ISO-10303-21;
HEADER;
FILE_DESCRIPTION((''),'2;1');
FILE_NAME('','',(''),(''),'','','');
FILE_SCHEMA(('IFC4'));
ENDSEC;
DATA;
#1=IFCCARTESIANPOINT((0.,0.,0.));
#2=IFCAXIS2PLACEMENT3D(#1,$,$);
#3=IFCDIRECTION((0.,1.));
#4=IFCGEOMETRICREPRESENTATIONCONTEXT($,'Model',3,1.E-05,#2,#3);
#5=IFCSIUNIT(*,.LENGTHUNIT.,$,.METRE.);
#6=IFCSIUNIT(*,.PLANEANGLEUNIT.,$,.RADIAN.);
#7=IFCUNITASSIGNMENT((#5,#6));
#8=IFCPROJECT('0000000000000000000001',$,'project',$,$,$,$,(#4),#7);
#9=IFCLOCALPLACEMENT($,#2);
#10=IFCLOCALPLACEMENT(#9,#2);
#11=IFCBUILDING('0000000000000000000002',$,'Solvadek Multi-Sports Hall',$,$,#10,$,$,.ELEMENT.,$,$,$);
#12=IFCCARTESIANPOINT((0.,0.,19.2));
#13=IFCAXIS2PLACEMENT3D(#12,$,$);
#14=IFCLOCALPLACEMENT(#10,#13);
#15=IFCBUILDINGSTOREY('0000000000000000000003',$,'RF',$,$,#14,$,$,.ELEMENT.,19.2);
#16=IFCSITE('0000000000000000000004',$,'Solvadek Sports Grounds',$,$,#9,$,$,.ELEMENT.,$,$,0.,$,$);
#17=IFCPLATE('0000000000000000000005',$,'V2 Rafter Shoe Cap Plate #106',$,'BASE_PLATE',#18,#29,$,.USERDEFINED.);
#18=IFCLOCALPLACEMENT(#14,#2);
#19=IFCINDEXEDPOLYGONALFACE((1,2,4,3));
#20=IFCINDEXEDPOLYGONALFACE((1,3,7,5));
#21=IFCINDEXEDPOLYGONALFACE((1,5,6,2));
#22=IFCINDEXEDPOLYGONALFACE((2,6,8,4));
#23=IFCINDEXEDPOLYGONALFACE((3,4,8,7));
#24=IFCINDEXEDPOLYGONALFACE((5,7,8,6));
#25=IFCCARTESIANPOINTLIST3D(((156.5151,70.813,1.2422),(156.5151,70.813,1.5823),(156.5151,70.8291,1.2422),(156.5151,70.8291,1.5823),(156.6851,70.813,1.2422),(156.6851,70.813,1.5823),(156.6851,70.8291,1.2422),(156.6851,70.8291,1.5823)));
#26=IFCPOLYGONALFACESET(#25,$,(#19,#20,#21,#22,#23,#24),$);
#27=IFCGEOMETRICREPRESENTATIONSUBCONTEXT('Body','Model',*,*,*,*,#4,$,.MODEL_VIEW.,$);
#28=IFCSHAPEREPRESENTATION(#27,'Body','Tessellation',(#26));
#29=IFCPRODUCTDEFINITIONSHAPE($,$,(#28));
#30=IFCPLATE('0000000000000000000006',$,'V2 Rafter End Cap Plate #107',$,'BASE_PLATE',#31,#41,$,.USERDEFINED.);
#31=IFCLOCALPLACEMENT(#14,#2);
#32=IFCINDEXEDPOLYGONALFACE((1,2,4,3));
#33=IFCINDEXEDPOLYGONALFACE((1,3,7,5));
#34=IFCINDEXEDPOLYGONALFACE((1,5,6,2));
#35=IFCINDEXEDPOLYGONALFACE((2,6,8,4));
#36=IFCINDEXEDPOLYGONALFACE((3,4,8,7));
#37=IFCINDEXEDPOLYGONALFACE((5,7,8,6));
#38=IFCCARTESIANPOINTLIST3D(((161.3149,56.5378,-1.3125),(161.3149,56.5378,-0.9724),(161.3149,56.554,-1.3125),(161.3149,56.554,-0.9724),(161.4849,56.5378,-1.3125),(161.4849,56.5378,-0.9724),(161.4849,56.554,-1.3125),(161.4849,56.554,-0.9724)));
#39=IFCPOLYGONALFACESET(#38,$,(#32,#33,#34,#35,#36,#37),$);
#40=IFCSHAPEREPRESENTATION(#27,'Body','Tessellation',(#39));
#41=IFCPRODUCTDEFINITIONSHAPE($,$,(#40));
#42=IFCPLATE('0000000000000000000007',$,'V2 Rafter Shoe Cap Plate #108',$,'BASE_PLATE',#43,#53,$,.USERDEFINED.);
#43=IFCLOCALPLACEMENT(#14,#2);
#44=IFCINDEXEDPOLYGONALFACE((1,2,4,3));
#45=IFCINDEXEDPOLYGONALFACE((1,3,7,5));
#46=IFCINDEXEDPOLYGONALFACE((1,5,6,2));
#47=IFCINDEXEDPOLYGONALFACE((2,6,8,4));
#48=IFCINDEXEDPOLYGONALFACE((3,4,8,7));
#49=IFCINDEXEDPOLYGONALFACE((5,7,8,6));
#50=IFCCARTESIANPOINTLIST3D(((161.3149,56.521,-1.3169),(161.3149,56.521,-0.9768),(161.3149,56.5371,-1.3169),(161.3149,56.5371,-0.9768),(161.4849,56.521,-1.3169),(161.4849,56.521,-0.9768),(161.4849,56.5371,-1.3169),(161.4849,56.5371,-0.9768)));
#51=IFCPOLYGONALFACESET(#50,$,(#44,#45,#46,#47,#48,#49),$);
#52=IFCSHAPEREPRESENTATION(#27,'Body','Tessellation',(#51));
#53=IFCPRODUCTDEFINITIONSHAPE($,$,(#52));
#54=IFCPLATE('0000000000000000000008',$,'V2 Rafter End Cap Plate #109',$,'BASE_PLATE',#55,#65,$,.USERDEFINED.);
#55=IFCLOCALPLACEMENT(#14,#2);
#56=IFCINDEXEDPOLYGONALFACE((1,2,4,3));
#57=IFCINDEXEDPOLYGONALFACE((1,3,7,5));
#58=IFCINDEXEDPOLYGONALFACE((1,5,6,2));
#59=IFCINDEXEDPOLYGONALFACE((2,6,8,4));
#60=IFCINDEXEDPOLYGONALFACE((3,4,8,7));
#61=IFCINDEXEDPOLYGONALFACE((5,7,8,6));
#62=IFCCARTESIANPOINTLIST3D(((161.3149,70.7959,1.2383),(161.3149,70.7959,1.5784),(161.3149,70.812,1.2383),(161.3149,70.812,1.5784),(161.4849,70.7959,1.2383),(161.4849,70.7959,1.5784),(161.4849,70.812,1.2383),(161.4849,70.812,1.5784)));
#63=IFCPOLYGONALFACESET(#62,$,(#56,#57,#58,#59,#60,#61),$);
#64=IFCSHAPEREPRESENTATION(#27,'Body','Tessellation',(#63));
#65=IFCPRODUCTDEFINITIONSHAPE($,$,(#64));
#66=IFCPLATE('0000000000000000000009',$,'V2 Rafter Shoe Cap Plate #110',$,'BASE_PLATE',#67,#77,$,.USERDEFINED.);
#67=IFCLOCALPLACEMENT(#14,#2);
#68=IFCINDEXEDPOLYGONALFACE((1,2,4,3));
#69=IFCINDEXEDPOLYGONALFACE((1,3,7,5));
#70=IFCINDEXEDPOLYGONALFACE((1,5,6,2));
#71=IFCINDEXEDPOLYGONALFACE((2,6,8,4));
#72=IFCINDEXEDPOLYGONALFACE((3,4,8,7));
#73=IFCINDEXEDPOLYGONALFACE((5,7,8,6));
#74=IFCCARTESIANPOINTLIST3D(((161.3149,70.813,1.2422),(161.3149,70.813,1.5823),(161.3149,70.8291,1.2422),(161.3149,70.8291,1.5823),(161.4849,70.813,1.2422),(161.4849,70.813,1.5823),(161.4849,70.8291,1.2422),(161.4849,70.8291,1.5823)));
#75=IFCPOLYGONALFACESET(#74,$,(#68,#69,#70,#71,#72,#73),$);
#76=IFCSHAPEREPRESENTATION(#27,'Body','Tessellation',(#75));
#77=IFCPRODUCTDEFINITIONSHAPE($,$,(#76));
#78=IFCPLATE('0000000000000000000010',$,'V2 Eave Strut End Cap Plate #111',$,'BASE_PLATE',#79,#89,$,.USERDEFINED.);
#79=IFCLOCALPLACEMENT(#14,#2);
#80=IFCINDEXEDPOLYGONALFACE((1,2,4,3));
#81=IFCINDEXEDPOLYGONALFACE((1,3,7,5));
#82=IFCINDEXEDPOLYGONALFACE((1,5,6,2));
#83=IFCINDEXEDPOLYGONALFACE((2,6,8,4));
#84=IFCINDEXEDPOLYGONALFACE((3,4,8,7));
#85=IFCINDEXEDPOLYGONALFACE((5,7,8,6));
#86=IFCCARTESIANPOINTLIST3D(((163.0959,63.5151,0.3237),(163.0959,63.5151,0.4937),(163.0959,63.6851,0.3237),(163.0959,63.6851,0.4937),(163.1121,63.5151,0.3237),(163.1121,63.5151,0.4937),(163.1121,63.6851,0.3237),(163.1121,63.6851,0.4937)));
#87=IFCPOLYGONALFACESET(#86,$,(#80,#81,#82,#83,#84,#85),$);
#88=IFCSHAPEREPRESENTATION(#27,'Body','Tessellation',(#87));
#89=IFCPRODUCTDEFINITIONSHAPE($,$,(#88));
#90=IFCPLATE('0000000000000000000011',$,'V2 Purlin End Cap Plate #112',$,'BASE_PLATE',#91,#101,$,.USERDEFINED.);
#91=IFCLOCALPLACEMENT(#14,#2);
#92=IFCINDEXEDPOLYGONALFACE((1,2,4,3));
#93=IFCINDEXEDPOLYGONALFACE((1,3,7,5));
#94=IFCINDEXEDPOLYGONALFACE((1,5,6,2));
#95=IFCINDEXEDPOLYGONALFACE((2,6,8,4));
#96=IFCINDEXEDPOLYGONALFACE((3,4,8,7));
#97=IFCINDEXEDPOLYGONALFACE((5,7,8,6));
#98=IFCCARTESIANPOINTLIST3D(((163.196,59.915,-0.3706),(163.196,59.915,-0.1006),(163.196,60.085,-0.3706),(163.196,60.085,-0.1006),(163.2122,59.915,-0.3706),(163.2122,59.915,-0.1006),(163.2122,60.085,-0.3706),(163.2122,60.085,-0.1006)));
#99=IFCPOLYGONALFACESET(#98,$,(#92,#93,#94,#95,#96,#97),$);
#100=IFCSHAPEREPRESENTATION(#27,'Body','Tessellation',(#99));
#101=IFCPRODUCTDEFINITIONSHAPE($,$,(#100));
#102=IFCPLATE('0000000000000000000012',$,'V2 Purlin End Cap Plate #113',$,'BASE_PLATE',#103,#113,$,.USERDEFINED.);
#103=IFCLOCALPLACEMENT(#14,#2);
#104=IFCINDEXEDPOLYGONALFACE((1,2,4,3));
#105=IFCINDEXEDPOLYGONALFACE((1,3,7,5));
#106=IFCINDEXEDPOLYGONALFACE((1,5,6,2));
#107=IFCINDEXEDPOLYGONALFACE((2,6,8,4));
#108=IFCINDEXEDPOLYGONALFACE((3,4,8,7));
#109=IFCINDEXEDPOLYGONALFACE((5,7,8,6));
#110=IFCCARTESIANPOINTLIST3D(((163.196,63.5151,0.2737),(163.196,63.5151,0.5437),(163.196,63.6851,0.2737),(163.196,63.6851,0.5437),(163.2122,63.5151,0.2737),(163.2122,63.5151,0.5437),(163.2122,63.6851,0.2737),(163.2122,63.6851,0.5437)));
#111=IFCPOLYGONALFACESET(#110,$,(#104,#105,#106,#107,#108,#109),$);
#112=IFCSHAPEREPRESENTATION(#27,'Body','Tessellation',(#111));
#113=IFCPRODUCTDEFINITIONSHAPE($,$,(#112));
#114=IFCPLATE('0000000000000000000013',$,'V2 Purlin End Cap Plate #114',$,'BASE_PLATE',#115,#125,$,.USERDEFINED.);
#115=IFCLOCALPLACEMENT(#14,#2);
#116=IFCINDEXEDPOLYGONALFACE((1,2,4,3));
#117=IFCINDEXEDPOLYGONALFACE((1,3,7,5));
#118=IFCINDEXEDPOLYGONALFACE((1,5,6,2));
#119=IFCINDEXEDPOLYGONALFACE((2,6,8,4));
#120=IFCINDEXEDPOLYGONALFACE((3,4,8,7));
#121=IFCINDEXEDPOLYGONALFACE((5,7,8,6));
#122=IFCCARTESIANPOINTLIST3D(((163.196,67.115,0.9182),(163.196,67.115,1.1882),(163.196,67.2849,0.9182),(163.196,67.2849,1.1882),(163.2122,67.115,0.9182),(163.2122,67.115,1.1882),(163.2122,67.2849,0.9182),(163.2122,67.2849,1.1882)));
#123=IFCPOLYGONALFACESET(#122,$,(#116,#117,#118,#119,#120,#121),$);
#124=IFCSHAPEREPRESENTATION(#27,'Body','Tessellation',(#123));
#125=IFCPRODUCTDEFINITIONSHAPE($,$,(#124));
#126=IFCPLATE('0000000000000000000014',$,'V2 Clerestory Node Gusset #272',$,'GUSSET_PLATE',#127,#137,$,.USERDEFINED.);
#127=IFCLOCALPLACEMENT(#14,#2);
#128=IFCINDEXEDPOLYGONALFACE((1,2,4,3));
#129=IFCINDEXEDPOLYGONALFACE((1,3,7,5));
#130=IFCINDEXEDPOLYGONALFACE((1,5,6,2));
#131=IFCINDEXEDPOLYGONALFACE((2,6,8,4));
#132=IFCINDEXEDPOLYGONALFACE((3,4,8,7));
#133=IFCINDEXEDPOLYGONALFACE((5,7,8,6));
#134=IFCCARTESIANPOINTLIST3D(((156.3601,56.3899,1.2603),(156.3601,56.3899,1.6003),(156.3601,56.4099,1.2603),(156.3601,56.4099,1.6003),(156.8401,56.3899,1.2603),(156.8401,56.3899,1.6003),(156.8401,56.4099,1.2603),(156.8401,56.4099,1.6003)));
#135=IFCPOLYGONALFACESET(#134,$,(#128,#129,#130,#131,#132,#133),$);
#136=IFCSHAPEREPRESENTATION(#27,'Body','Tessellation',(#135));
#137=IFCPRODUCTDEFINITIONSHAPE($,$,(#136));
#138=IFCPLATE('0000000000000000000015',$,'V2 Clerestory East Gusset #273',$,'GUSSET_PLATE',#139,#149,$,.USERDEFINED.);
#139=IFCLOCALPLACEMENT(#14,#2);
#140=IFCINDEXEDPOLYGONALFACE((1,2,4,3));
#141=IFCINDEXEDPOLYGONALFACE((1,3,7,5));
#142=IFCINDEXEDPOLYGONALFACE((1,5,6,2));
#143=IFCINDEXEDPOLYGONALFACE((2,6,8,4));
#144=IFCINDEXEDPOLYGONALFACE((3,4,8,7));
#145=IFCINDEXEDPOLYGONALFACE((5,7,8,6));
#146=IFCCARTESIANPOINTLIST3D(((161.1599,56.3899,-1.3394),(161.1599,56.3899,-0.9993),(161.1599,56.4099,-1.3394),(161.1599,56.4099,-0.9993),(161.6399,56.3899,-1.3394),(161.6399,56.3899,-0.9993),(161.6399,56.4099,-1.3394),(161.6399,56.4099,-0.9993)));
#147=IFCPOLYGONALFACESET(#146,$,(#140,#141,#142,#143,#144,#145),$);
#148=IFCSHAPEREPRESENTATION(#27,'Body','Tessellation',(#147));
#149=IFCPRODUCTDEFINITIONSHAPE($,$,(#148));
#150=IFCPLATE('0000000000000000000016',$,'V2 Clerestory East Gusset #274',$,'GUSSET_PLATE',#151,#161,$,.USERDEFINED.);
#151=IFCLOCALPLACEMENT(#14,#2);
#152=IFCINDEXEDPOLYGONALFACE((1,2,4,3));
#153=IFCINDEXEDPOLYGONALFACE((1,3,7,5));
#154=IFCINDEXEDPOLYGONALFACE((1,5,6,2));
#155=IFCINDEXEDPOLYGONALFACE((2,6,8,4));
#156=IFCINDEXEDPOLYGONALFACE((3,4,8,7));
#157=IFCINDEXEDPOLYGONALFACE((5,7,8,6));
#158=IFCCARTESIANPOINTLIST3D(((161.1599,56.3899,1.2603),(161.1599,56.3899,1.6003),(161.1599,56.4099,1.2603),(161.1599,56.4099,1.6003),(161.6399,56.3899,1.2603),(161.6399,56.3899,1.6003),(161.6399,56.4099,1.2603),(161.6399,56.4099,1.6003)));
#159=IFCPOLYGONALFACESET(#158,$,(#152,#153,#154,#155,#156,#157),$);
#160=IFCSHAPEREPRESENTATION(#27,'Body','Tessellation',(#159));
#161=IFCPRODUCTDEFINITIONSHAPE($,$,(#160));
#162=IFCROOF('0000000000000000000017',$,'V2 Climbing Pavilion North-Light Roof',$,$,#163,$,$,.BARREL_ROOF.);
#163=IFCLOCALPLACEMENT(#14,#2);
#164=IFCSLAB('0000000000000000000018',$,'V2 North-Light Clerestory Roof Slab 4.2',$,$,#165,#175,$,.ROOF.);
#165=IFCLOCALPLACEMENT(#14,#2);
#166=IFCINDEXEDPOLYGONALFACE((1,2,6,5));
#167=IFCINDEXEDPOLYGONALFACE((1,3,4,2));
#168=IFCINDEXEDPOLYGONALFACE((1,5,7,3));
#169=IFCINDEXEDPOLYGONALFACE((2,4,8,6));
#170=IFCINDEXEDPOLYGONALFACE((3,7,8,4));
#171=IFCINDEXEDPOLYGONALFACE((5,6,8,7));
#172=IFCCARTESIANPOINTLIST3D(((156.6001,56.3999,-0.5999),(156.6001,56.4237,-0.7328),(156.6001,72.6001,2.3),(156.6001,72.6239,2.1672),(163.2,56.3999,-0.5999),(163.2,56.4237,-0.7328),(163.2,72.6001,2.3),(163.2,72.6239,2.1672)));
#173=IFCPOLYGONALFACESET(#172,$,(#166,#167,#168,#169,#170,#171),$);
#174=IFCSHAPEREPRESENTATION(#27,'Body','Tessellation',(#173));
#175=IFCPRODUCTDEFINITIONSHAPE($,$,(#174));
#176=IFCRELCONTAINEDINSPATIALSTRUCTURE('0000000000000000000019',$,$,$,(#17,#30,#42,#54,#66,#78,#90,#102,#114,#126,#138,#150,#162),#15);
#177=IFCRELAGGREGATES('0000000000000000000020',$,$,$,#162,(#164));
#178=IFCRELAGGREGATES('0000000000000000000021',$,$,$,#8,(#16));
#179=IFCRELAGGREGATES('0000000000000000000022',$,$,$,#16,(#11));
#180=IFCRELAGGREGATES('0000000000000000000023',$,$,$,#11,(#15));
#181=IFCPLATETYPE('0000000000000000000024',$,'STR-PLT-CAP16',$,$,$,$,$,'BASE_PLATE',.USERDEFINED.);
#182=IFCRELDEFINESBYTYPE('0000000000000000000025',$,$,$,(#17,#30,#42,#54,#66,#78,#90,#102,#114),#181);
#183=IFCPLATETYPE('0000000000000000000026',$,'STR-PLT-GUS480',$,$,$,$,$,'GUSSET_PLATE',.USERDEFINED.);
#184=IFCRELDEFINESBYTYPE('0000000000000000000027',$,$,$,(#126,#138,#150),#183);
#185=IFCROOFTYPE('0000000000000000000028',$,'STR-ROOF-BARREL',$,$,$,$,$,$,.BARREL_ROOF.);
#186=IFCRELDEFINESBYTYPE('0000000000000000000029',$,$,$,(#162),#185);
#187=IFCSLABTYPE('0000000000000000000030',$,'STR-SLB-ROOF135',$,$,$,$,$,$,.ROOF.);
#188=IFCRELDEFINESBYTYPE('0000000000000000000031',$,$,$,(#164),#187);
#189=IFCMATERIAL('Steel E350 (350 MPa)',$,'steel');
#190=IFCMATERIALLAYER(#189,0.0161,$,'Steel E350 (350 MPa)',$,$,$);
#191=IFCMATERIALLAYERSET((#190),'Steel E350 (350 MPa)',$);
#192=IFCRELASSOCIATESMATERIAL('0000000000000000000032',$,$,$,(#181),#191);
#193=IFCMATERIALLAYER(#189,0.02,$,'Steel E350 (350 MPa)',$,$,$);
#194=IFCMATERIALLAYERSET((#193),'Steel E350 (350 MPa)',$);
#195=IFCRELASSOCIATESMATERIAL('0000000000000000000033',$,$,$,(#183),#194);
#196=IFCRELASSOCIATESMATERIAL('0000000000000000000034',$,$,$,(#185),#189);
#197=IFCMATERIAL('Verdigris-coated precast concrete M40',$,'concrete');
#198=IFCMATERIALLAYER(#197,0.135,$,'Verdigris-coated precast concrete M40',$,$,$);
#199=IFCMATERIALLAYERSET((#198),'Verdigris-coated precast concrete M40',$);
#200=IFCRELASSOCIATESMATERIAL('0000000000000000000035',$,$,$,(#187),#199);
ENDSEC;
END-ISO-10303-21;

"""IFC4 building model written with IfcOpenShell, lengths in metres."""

from ifc_helpers import new_model, si_unit, direction, frame, origin, origin_2d, place, context, subcontext, project, spatial, polyline, rectangle, outline, extrude, material, layer, layer_set, type_object, element, aggregate, save


model = new_model("IFC4")

# Units and contexts
model_context = context("Model", 3, precision=1e-05, world=origin(), true_north=direction((0.0, 1.0)))
body_context = subcontext(model_context, "Body", "Model", "MODEL_VIEW")
ifc_project = project(units=[si_unit("LENGTHUNIT", "METRE"), si_unit("PLANEANGLEUNIT", "RADIAN")], contexts=[model_context])

# Site, building, storey
site_placement = place(None, origin())
site = spatial("IfcSite", under=ifc_project, at=site_placement, Name="Solvadek Sports Grounds", CompositionType="ELEMENT", RefElevation=0.0)
building_placement = place(site_placement, origin())
building = spatial("IfcBuilding", under=site, at=building_placement, Name="Solvadek Multi-Sports Hall", CompositionType="ELEMENT")
storey_placement = place(building_placement, frame((0.0, 0.0, 19.2)))
storey = spatial("IfcBuildingStorey", under=building, at=storey_placement, Name="RF", CompositionType="ELEMENT", Elevation=19.2)

# Shared definitions
ifc_material_1 = material(Name="Steel E350 (350 MPa)", Category="steel")

# Plates
ifc_layer_1 = layer(ifc_material_1, 0.0161, Name="Steel E350 (350 MPa)")
ifc_layer_set_1 = layer_set([ifc_layer_1], Name="Steel E350 (350 MPa)")
plate_type_1 = type_object("IfcPlateType", Name="STR-PLT-CAP16", ElementType="BASE_PLATE", PredefinedType="USERDEFINED", material=ifc_layer_set_1)
for number, where, z_axis, x_axis, name in (
    (1, (156.6001, 70.821, 1.2422), (0.0, 0.0, 1.0), (1.0, 0.0, 0.0), "V2 Rafter Shoe Cap Plate #106"),
    (2, (161.3999, 56.5459, -1.3125), (0.0, 0.0, 1.0), (1.0, 0.0, 0.0), "V2 Rafter End Cap Plate #107"),
    (3, (161.3999, 56.5291, -1.3169), (0.0, 0.0, 1.0), (1.0, 0.0, 0.0), "V2 Rafter Shoe Cap Plate #108"),
    (4, (161.3999, 70.804, 1.2383), (0.0, 0.0, 1.0), (1.0, 0.0, 0.0), "V2 Rafter End Cap Plate #109"),
    (5, (161.3999, 70.821, 1.2422), (0.0, 0.0, 1.0), (1.0, 0.0, 0.0), "V2 Rafter Shoe Cap Plate #110"),
):
    element("IfcPlate", number, at=place(storey_placement, frame(where, z_axis=z_axis, x_axis=x_axis)), inside=storey, type_object=plate_type_1, Name=name, ObjectType="BASE_PLATE", PredefinedType="USERDEFINED", context=body_context, shape_type="SweptSolid", body=[
        extrude(rectangle(XDim=0.1699, YDim=0.0161, at=origin_2d()), origin(), (0.0, 0.0, 1.0), 0.3401),
    ])
plate_placement = place(storey_placement, frame((163.104, 63.6001, 0.3237), z_axis=(0.0, 0.0, 1.0), x_axis=(1.0, 0.0, 0.0)))
element("IfcPlate", 6, at=plate_placement, inside=storey, type_object=plate_type_1, Name="V2 Eave Strut End Cap Plate #111", ObjectType="BASE_PLATE", PredefinedType="USERDEFINED", context=body_context, shape_type="SweptSolid", body=[
    extrude(rectangle(XDim=0.0161, YDim=0.1699, at=origin_2d()), origin(), (0.0, 0.0, 1.0), 0.1699),
])
for number, where, z_axis, x_axis, name in (
    (7, (163.2041, 60.0, -0.3706), (0.0, 0.0, 1.0), (1.0, 0.0, 0.0), "V2 Purlin End Cap Plate #112"),
    (8, (163.2041, 63.6001, 0.2737), (0.0, 0.0, 1.0), (1.0, 0.0, 0.0), "V2 Purlin End Cap Plate #113"),
    (9, (163.2041, 67.2, 0.9182), (0.0, 0.0, 1.0), (1.0, 0.0, 0.0), "V2 Purlin End Cap Plate #114"),
):
    element("IfcPlate", number, at=place(storey_placement, frame(where, z_axis=z_axis, x_axis=x_axis)), inside=storey, type_object=plate_type_1, Name=name, ObjectType="BASE_PLATE", PredefinedType="USERDEFINED", context=body_context, shape_type="SweptSolid", body=[
        extrude(rectangle(XDim=0.0161, YDim=0.1699, at=origin_2d()), origin(), (0.0, 0.0, 1.0), 0.27),
    ])
ifc_layer_2 = layer(ifc_material_1, 0.02, Name="Steel E350 (350 MPa)")
ifc_layer_set_2 = layer_set([ifc_layer_2], Name="Steel E350 (350 MPa)")
plate_type_2 = type_object("IfcPlateType", Name="STR-PLT-GUS480", ElementType="GUSSET_PLATE", PredefinedType="USERDEFINED", material=ifc_layer_set_2)
for number, where, z_axis, x_axis, name in (
    (10, (156.6001, 56.3999, 1.2603), (0.0, 0.0, 1.0), (1.0, 0.0, 0.0), "V2 Clerestory Node Gusset #272"),
    (11, (161.3999, 56.3999, -1.3394), (0.0, 0.0, 1.0), (1.0, 0.0, 0.0), "V2 Clerestory East Gusset #273"),
    (12, (161.3999, 56.3999, 1.2603), (0.0, 0.0, 1.0), (1.0, 0.0, 0.0), "V2 Clerestory East Gusset #274"),
):
    element("IfcPlate", number, at=place(storey_placement, frame(where, z_axis=z_axis, x_axis=x_axis)), inside=storey, type_object=plate_type_2, Name=name, ObjectType="GUSSET_PLATE", PredefinedType="USERDEFINED", context=body_context, shape_type="SweptSolid", body=[
        extrude(rectangle(XDim=0.48, YDim=0.02, at=origin_2d()), origin(), (0.0, 0.0, 1.0), 0.3401),
    ])

# Roof, slab
roof_type = type_object("IfcRoofType", Name="STR-ROOF-BARREL", PredefinedType="BARREL_ROOF", material=ifc_material_1)
roof_placement = place(storey_placement, origin())
roof = element("IfcRoof", 13, at=roof_placement, inside=storey, type_object=roof_type, Name="V2 Climbing Pavilion North-Light Roof", PredefinedType="BARREL_ROOF")
ifc_material_2 = material(Name="Verdigris-coated precast concrete M40", Category="concrete")
ifc_layer_3 = layer(ifc_material_2, 0.135, Name="Verdigris-coated precast concrete M40")
ifc_layer_set_3 = layer_set([ifc_layer_3], Name="Verdigris-coated precast concrete M40")
slab_type = type_object("IfcSlabType", Name="STR-SLB-ROOF135", PredefinedType="ROOF", material=ifc_layer_set_3)
slab_placement = place(storey_placement, frame((156.6001, 56.3999, -0.5999), z_axis=(0.0, -0.176203, 0.984354), x_axis=(1.0, 0.0, 0.0)))
slab = element("IfcSlab", 14, at=slab_placement, type_object=slab_type, Name="V2 North-Light Clerestory Roof Slab 4.2", PredefinedType="ROOF", context=body_context, shape_type="SweptSolid", body=[
    extrude(outline(polyline([(0.0, 0.0), (6.5999, 0.0), (6.5999, 16.4577), (0.0, 16.4577), (0.0, 0.0)])), origin(), (0.0, 0.0, -1.0), 0.135),
])
aggregate(roof, [slab])

save(model, "model.ifc")
